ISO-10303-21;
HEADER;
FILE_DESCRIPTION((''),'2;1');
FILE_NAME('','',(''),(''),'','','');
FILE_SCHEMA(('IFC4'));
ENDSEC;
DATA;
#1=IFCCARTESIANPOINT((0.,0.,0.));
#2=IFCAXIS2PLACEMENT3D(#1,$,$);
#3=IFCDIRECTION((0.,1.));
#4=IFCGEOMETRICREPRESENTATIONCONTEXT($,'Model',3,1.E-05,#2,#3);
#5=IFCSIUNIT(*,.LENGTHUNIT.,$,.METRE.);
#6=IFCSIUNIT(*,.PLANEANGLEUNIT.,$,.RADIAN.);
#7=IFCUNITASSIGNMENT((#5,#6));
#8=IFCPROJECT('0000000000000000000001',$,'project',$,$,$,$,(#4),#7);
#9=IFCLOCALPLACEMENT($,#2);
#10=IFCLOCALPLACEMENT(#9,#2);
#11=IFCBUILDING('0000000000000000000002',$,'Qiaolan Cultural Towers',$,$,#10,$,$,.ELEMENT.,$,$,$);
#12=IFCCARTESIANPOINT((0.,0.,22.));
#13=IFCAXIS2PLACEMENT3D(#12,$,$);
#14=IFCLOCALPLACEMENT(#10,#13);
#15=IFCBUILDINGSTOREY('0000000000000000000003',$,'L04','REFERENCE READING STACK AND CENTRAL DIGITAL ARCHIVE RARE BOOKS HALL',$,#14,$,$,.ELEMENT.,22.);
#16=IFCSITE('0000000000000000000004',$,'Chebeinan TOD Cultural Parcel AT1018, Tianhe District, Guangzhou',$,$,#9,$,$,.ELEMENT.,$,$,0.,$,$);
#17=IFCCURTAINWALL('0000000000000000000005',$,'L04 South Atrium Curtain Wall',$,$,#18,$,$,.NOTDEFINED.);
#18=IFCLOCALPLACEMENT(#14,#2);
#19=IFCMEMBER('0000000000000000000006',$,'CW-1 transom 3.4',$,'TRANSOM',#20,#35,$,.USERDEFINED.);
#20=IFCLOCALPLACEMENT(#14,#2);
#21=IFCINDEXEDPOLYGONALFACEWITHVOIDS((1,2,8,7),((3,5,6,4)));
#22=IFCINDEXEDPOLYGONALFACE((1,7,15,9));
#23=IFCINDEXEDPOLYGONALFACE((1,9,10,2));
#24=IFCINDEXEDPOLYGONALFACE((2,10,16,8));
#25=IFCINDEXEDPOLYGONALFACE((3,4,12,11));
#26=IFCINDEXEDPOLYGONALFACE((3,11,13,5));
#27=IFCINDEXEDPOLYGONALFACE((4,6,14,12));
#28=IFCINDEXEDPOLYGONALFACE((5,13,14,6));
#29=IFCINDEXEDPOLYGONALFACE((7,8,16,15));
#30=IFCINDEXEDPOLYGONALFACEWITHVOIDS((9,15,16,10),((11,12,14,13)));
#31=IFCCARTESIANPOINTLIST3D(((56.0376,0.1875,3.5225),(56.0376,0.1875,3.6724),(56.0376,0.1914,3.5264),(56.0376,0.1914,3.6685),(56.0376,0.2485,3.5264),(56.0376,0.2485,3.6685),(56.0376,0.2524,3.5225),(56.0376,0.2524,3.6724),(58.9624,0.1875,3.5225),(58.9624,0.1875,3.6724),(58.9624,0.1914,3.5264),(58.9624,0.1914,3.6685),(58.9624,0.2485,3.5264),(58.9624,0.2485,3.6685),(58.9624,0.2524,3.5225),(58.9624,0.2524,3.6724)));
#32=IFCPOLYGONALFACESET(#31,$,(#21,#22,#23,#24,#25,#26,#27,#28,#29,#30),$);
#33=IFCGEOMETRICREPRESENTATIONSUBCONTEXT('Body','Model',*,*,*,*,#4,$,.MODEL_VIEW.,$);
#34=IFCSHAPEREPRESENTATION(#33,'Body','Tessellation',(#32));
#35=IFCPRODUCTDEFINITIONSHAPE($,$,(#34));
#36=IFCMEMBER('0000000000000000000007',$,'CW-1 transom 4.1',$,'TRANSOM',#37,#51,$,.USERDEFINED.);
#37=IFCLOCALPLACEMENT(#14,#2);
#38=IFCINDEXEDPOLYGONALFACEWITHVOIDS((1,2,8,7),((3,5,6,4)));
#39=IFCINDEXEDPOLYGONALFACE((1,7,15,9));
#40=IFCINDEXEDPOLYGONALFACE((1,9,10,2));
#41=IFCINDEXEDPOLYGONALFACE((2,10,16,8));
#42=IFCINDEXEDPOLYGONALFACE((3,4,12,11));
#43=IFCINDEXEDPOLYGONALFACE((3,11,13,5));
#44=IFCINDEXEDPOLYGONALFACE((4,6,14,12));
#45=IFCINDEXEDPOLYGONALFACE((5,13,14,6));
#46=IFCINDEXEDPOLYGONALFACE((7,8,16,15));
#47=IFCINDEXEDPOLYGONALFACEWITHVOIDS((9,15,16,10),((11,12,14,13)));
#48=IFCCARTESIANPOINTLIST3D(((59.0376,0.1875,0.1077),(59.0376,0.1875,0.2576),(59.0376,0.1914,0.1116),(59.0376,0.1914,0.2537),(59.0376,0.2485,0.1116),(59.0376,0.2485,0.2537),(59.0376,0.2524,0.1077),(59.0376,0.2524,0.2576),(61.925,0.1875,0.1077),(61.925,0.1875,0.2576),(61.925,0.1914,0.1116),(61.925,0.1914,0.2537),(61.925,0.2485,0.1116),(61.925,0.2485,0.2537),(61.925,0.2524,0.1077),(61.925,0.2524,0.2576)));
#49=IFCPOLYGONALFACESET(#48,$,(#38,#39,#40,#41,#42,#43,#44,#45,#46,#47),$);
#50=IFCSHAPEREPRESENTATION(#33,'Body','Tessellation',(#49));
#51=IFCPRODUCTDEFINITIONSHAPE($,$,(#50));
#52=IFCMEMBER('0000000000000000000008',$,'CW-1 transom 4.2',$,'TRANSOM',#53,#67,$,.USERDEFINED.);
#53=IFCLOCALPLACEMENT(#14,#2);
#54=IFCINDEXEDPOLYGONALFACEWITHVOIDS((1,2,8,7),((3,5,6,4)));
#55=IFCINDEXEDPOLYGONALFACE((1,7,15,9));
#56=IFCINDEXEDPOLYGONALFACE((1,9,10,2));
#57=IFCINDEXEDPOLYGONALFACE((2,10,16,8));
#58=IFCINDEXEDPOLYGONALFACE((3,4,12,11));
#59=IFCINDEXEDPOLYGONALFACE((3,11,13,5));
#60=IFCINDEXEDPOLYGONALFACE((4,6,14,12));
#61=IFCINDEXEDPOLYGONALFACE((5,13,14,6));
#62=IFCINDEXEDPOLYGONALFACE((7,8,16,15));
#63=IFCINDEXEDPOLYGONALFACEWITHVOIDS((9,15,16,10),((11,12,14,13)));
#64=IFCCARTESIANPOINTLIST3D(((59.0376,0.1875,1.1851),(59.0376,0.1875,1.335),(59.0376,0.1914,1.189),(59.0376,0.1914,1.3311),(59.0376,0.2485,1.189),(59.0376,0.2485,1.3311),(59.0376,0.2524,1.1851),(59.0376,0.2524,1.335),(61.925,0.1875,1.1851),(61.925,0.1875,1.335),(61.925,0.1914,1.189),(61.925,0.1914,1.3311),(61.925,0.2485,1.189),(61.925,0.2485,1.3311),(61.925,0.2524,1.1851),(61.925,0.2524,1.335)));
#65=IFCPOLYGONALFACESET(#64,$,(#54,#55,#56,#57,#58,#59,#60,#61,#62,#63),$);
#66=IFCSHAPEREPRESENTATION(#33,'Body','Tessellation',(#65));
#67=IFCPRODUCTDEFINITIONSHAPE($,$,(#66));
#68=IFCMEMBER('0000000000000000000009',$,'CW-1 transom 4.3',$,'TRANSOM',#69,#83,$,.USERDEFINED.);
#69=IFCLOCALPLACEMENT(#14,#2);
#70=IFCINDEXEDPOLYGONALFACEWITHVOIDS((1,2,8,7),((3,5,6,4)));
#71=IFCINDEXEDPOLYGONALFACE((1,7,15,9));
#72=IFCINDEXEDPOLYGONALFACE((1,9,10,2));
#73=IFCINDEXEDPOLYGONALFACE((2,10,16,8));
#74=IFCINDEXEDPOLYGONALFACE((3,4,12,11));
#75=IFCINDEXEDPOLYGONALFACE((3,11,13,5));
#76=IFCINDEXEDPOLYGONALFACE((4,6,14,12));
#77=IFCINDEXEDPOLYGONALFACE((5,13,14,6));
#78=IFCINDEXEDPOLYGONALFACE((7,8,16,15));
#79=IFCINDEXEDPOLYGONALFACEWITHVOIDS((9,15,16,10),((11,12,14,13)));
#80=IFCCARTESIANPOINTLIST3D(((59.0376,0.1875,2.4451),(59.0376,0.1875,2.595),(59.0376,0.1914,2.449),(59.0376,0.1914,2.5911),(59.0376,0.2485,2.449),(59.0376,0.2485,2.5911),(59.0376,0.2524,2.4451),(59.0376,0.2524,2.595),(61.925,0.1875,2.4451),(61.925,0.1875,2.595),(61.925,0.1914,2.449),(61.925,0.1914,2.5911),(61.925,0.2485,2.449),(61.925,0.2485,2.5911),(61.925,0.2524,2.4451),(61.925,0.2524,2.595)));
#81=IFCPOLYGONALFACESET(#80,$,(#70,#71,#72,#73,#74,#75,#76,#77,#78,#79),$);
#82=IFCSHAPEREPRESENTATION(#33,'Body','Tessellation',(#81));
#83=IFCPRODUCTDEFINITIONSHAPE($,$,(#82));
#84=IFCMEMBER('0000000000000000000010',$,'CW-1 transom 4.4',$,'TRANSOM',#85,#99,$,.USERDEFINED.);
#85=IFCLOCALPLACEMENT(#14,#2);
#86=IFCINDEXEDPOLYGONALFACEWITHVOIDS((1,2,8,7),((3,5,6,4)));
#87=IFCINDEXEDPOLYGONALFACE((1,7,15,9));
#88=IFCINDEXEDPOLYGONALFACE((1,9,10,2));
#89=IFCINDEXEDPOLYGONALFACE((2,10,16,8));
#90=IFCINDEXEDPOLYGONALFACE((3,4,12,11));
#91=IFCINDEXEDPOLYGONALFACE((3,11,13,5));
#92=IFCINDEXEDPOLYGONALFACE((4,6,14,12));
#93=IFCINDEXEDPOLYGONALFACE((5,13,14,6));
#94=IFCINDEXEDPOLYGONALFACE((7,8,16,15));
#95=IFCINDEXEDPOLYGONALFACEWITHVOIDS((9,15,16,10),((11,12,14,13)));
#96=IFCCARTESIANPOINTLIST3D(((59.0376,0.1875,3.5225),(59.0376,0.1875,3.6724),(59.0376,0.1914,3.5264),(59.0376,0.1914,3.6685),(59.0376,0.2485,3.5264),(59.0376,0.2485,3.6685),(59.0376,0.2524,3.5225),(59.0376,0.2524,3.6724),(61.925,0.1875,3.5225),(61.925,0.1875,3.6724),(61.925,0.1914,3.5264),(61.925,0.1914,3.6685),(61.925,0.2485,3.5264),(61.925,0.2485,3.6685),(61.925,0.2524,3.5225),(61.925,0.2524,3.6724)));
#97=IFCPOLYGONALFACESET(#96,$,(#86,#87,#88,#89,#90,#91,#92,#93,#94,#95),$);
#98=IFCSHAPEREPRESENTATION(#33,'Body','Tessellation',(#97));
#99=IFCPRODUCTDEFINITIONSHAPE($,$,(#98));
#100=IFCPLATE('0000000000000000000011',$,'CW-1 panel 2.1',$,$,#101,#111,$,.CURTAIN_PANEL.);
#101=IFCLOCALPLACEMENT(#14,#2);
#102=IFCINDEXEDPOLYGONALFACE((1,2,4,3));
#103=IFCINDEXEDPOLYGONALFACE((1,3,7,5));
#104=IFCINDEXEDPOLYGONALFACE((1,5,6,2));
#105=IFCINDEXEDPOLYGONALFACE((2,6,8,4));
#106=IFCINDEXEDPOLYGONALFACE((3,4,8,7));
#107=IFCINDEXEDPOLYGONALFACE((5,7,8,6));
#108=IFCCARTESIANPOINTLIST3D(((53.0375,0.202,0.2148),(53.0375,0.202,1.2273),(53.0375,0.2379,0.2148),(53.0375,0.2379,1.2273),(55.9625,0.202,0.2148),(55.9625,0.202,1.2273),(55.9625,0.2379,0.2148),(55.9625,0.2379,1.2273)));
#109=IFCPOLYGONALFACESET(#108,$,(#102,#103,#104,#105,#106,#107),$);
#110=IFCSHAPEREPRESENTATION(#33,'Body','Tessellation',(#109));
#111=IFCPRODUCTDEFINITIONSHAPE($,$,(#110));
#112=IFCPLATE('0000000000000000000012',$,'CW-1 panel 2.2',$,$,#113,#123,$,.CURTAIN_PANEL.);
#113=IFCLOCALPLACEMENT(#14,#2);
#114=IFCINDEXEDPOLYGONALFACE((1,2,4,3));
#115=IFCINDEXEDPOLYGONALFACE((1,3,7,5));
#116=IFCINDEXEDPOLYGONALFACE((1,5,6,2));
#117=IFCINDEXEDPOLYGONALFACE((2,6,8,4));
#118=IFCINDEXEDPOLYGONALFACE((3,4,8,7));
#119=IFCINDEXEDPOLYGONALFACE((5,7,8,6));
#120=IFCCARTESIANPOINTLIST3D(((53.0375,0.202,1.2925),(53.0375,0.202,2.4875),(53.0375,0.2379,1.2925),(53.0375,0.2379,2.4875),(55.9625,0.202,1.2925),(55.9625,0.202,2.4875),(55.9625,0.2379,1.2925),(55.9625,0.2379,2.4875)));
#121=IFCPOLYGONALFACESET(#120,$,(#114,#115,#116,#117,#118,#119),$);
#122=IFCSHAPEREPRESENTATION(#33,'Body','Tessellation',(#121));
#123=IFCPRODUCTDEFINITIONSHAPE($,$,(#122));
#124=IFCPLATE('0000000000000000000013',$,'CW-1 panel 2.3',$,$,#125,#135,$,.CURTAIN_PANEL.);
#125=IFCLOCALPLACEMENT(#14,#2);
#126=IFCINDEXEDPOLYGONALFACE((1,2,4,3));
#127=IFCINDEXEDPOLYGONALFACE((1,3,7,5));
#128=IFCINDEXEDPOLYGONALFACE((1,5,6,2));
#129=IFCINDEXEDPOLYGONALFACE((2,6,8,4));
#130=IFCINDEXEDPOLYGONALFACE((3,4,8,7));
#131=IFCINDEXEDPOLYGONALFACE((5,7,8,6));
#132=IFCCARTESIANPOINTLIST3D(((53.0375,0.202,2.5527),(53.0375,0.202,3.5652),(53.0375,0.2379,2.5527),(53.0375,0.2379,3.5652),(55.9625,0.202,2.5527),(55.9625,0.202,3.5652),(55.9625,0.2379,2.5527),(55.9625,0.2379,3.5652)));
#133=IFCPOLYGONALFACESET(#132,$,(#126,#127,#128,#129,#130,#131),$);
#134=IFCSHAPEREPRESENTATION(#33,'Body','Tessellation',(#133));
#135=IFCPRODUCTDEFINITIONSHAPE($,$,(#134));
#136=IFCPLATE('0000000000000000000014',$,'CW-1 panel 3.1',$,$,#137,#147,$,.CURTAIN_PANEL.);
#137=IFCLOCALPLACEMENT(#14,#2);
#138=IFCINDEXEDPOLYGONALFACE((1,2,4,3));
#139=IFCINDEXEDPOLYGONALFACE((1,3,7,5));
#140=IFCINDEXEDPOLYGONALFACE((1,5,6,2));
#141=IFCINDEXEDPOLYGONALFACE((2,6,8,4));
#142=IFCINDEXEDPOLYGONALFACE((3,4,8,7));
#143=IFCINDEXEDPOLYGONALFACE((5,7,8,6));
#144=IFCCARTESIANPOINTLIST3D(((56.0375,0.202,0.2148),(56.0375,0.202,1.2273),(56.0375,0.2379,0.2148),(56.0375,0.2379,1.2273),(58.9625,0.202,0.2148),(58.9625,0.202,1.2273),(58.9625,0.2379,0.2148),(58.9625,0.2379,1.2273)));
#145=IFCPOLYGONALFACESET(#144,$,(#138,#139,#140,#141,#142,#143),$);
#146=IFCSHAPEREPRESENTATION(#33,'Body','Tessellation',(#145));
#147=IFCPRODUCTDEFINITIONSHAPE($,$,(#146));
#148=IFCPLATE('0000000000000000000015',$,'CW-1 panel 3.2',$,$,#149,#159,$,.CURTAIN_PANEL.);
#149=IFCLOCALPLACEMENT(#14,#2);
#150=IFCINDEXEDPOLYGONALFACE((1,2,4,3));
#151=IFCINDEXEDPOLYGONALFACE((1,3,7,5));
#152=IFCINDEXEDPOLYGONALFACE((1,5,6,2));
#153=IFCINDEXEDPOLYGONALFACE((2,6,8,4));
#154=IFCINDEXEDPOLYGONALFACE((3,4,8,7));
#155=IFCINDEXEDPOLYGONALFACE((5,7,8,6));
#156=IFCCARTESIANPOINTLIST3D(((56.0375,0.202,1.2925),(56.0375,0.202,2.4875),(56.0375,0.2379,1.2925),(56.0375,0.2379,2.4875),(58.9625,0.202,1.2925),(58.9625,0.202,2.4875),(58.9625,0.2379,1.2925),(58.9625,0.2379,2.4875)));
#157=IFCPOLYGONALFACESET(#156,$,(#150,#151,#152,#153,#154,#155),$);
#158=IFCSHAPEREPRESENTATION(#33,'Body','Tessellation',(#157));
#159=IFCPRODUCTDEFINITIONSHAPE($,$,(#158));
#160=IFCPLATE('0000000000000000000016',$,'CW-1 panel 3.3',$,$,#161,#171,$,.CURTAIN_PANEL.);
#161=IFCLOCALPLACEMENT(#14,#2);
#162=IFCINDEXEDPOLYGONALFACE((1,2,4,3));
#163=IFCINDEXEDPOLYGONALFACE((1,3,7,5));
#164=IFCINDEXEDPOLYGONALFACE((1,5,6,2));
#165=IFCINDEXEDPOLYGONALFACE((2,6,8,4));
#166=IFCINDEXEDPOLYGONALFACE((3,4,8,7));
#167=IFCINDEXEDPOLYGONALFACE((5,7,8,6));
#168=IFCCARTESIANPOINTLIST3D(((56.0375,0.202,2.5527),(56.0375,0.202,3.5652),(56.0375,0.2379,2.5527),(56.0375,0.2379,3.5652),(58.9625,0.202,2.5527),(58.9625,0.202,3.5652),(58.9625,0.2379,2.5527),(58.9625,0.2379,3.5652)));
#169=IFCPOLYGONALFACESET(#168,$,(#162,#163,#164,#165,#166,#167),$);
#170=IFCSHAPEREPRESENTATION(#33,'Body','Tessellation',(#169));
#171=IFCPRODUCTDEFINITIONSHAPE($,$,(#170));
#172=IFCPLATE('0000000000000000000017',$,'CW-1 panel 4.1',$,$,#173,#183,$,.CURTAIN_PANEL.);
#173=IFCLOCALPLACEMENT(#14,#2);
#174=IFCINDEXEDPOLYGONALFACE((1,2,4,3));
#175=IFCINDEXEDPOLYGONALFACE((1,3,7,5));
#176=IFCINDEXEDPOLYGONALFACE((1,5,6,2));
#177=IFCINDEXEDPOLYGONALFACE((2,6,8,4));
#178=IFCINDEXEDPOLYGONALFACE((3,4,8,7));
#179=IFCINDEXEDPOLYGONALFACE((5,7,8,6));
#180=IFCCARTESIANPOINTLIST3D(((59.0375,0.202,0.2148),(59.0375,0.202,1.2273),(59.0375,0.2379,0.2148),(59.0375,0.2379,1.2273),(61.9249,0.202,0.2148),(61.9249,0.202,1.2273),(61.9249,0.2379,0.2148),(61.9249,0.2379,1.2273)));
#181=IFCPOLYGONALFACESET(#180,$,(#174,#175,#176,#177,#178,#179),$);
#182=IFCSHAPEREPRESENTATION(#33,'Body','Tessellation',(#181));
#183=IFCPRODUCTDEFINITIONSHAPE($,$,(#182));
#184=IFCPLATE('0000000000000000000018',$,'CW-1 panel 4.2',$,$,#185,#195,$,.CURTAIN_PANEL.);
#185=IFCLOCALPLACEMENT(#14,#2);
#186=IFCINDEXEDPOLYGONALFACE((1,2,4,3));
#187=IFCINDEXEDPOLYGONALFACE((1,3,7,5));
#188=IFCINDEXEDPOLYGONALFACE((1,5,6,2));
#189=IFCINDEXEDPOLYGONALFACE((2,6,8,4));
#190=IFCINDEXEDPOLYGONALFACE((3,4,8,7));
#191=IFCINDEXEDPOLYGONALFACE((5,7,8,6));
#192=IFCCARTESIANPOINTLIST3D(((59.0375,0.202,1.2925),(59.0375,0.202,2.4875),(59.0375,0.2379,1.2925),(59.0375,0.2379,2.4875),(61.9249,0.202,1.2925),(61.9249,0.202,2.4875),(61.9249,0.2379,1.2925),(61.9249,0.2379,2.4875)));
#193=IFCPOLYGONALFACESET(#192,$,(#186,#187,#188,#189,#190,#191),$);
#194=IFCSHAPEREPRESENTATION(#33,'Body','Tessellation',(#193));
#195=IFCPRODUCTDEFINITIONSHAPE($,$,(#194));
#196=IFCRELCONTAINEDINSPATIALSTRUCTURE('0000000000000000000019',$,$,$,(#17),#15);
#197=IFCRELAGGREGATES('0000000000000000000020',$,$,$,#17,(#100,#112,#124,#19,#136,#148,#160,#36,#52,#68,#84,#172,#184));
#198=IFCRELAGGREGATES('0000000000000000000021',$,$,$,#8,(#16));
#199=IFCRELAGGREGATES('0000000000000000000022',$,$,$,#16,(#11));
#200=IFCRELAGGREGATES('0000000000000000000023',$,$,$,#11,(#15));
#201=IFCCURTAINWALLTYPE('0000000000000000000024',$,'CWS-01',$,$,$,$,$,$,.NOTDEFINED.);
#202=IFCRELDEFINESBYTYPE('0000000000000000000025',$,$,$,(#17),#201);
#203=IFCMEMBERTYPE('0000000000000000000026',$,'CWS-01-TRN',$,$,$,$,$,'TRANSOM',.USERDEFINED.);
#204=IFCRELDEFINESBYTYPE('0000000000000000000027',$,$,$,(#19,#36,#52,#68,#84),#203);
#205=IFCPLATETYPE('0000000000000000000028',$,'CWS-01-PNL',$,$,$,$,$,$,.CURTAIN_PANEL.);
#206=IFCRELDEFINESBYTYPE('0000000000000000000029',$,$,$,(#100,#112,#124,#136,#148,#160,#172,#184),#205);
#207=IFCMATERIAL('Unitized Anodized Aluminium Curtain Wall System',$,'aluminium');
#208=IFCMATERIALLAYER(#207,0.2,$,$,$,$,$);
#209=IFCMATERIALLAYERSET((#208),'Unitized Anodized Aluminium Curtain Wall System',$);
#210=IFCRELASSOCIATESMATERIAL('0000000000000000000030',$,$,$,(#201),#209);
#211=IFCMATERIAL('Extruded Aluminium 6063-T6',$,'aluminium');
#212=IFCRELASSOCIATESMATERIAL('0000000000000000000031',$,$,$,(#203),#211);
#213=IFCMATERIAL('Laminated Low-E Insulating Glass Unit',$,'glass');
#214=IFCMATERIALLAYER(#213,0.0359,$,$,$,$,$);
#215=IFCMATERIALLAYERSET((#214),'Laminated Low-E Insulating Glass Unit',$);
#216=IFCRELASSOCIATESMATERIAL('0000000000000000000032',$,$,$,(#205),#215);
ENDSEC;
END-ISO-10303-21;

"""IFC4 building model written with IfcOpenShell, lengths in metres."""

from ifc_helpers import new_model, si_unit, direction, frame, origin, origin_2d, place, context, subcontext, project, spatial, rectangle, hollow_rectangle, extrude, material, layer, layer_set, material_profile, profile_set, type_object, element, aggregate, save


model = new_model("IFC4")

# Units and contexts
model_context = context("Model", 3, precision=1e-05, world=origin(), true_north=direction((0.0, 1.0)))
body_context = subcontext(model_context, "Body", "Model", "MODEL_VIEW")
ifc_project = project(units=[si_unit("LENGTHUNIT", "METRE"), si_unit("PLANEANGLEUNIT", "RADIAN")], contexts=[model_context])

# Site, building, storey
site_placement = place(None, origin())
site = spatial("IfcSite", under=ifc_project, at=site_placement, Name="Chebeinan TOD Cultural Parcel AT1018, Tianhe District, Guangzhou", CompositionType="ELEMENT", RefElevation=0.0)
building_placement = place(site_placement, origin())
building = spatial("IfcBuilding", under=site, at=building_placement, Name="Qiaolan Cultural Towers", CompositionType="ELEMENT")
storey_placement = place(building_placement, frame((0.0, 0.0, 22.0)))
storey = spatial("IfcBuildingStorey", under=building, at=storey_placement, Name="L04", Description="REFERENCE READING STACK AND CENTRAL DIGITAL ARCHIVE RARE BOOKS HALL", CompositionType="ELEMENT", Elevation=22.0)

# Curtain wall, members, plates
ifc_material_1 = material(Name="Unitized Anodized Aluminium Curtain Wall System", Category="aluminium")
ifc_layer_1 = layer(ifc_material_1, 0.2)
ifc_layer_set_1 = layer_set([ifc_layer_1], Name="Unitized Anodized Aluminium Curtain Wall System")
curtain_wall_type = type_object("IfcCurtainWallType", Name="CWS-01", PredefinedType="NOTDEFINED", material=ifc_layer_set_1)
curtain_wall_placement = place(storey_placement, origin())
curtain_wall = element("IfcCurtainWall", 1, at=curtain_wall_placement, inside=storey, type_object=curtain_wall_type, Name="L04 South Atrium Curtain Wall", PredefinedType="NOTDEFINED")
ifc_material_2 = material(Name="Extruded Aluminium 6063-T6", Category="aluminium")
ifc_material_profile_1 = material_profile(ifc_material_2, hollow_rectangle(XDim=0.0649, YDim=0.1499, WallThickness=0.0039, at=origin_2d()), Name="CWT-150x65x4")
ifc_profile_set_1 = profile_set([ifc_material_profile_1], Name="Extruded Aluminium 6063-T6")
member_type_1 = type_object("IfcMemberType", Name="CWS-01-TRN", ElementType="TRANSOM", PredefinedType="USERDEFINED", material=ifc_profile_set_1)
member_1_placement = place(storey_placement, frame((56.0376, 0.22, 3.5974), z_axis=(1.0, 0.0, 0.0), x_axis=(0.0, 1.0, 0.0)))
member_1 = element("IfcMember", 2, at=member_1_placement, type_object=member_type_1, Name="CW-1 transom 3.4", ObjectType="TRANSOM", PredefinedType="USERDEFINED", context=body_context, shape_type="SweptSolid", body=[
    extrude(hollow_rectangle(XDim=0.0649, YDim=0.1499, WallThickness=0.0039, at=origin_2d()), origin(), (0.0, 0.0, 1.0), 2.9248),
])
member_2_placement = place(storey_placement, frame((59.0376, 0.22, 0.1826), z_axis=(1.0, 0.0, 0.0), x_axis=(0.0, 1.0, 0.0)))
member_2 = element("IfcMember", 3, at=member_2_placement, type_object=member_type_1, Name="CW-1 transom 4.1", ObjectType="TRANSOM", PredefinedType="USERDEFINED", context=body_context, shape_type="SweptSolid", body=[
    extrude(hollow_rectangle(XDim=0.0649, YDim=0.1499, WallThickness=0.0039, at=origin_2d()), origin(), (0.0, 0.0, 1.0), 2.8875),
])
member_3_placement = place(storey_placement, frame((59.0376, 0.22, 1.26), z_axis=(1.0, 0.0, 0.0), x_axis=(0.0, 1.0, 0.0)))
member_3 = element("IfcMember", 4, at=member_3_placement, type_object=member_type_1, Name="CW-1 transom 4.2", ObjectType="TRANSOM", PredefinedType="USERDEFINED", context=body_context, shape_type="SweptSolid", body=[
    extrude(hollow_rectangle(XDim=0.0649, YDim=0.1499, WallThickness=0.0039, at=origin_2d()), origin(), (0.0, 0.0, 1.0), 2.8875),
])
member_4_placement = place(storey_placement, frame((59.0376, 0.22, 2.52), z_axis=(1.0, 0.0, 0.0), x_axis=(0.0, 1.0, 0.0)))
member_4 = element("IfcMember", 5, at=member_4_placement, type_object=member_type_1, Name="CW-1 transom 4.3", ObjectType="TRANSOM", PredefinedType="USERDEFINED", context=body_context, shape_type="SweptSolid", body=[
    extrude(hollow_rectangle(XDim=0.0649, YDim=0.1499, WallThickness=0.0039, at=origin_2d()), origin(), (0.0, 0.0, 1.0), 2.8875),
])
member_5_placement = place(storey_placement, frame((59.0376, 0.22, 3.5974), z_axis=(1.0, 0.0, 0.0), x_axis=(0.0, 1.0, 0.0)))
member_5 = element("IfcMember", 6, at=member_5_placement, type_object=member_type_1, Name="CW-1 transom 4.4", ObjectType="TRANSOM", PredefinedType="USERDEFINED", context=body_context, shape_type="SweptSolid", body=[
    extrude(hollow_rectangle(XDim=0.0649, YDim=0.1499, WallThickness=0.0039, at=origin_2d()), origin(), (0.0, 0.0, 1.0), 2.8875),
])
ifc_material_3 = material(Name="Laminated Low-E Insulating Glass Unit", Category="glass")
ifc_layer_2 = layer(ifc_material_3, 0.0359)
ifc_layer_set_2 = layer_set([ifc_layer_2], Name="Laminated Low-E Insulating Glass Unit")
plate_type = type_object("IfcPlateType", Name="CWS-01-PNL", PredefinedType="CURTAIN_PANEL", material=ifc_layer_set_2)
plate_1_placement = place(storey_placement, frame((54.5, 0.22, 0.2148), z_axis=(0.0, 0.0, 1.0), x_axis=(1.0, 0.0, 0.0)))
plate_1 = element("IfcPlate", 7, at=plate_1_placement, type_object=plate_type, Name="CW-1 panel 2.1", PredefinedType="CURTAIN_PANEL", context=body_context, shape_type="SweptSolid", body=[
    extrude(rectangle(XDim=2.925, YDim=0.0359, at=origin_2d()), origin(), (0.0, 0.0, 1.0), 1.0125),
])
plate_2_placement = place(storey_placement, frame((54.5, 0.22, 1.2925), z_axis=(0.0, 0.0, 1.0), x_axis=(1.0, 0.0, 0.0)))
plate_2 = element("IfcPlate", 8, at=plate_2_placement, type_object=plate_type, Name="CW-1 panel 2.2", PredefinedType="CURTAIN_PANEL", context=body_context, shape_type="SweptSolid", body=[
    extrude(rectangle(XDim=2.925, YDim=0.0359, at=origin_2d()), origin(), (0.0, 0.0, 1.0), 1.1951),
])
plate_3_placement = place(storey_placement, frame((54.5, 0.22, 2.5527), z_axis=(0.0, 0.0, 1.0), x_axis=(1.0, 0.0, 0.0)))
plate_3 = element("IfcPlate", 9, at=plate_3_placement, type_object=plate_type, Name="CW-1 panel 2.3", PredefinedType="CURTAIN_PANEL", context=body_context, shape_type="SweptSolid", body=[
    extrude(rectangle(XDim=2.925, YDim=0.0359, at=origin_2d()), origin(), (0.0, 0.0, 1.0), 1.0125),
])
plate_4_placement = place(storey_placement, frame((57.5, 0.22, 0.2148), z_axis=(0.0, 0.0, 1.0), x_axis=(1.0, 0.0, 0.0)))
plate_4 = element("IfcPlate", 10, at=plate_4_placement, type_object=plate_type, Name="CW-1 panel 3.1", PredefinedType="CURTAIN_PANEL", context=body_context, shape_type="SweptSolid", body=[
    extrude(rectangle(XDim=2.925, YDim=0.0359, at=origin_2d()), origin(), (0.0, 0.0, 1.0), 1.0125),
])
plate_5_placement = place(storey_placement, frame((57.5, 0.22, 1.2925), z_axis=(0.0, 0.0, 1.0), x_axis=(1.0, 0.0, 0.0)))
plate_5 = element("IfcPlate", 11, at=plate_5_placement, type_object=plate_type, Name="CW-1 panel 3.2", PredefinedType="CURTAIN_PANEL", context=body_context, shape_type="SweptSolid", body=[
    extrude(rectangle(XDim=2.925, YDim=0.0359, at=origin_2d()), origin(), (0.0, 0.0, 1.0), 1.1951),
])
plate_6_placement = place(storey_placement, frame((57.5, 0.22, 2.5527), z_axis=(0.0, 0.0, 1.0), x_axis=(1.0, 0.0, 0.0)))
plate_6 = element("IfcPlate", 12, at=plate_6_placement, type_object=plate_type, Name="CW-1 panel 3.3", PredefinedType="CURTAIN_PANEL", context=body_context, shape_type="SweptSolid", body=[
    extrude(rectangle(XDim=2.925, YDim=0.0359, at=origin_2d()), origin(), (0.0, 0.0, 1.0), 1.0125),
])
plate_7_placement = place(storey_placement, frame((60.4812, 0.22, 0.2148), z_axis=(0.0, 0.0, 1.0), x_axis=(1.0, 0.0, 0.0)))
plate_7 = element("IfcPlate", 13, at=plate_7_placement, type_object=plate_type, Name="CW-1 panel 4.1", PredefinedType="CURTAIN_PANEL", context=body_context, shape_type="SweptSolid", body=[
    extrude(rectangle(XDim=2.8875, YDim=0.0359, at=origin_2d()), origin(), (0.0, 0.0, 1.0), 1.0125),
])
plate_8_placement = place(storey_placement, frame((60.4812, 0.22, 1.2925), z_axis=(0.0, 0.0, 1.0), x_axis=(1.0, 0.0, 0.0)))
plate_8 = element("IfcPlate", 14, at=plate_8_placement, type_object=plate_type, Name="CW-1 panel 4.2", PredefinedType="CURTAIN_PANEL", context=body_context, shape_type="SweptSolid", body=[
    extrude(rectangle(XDim=2.8875, YDim=0.0359, at=origin_2d()), origin(), (0.0, 0.0, 1.0), 1.1951),
])
aggregate(curtain_wall, [plate_1, plate_2, plate_3, member_1, plate_4, plate_5, plate_6, member_2, member_3, member_4, member_5, plate_7, plate_8])

save(model, "model.ifc")
